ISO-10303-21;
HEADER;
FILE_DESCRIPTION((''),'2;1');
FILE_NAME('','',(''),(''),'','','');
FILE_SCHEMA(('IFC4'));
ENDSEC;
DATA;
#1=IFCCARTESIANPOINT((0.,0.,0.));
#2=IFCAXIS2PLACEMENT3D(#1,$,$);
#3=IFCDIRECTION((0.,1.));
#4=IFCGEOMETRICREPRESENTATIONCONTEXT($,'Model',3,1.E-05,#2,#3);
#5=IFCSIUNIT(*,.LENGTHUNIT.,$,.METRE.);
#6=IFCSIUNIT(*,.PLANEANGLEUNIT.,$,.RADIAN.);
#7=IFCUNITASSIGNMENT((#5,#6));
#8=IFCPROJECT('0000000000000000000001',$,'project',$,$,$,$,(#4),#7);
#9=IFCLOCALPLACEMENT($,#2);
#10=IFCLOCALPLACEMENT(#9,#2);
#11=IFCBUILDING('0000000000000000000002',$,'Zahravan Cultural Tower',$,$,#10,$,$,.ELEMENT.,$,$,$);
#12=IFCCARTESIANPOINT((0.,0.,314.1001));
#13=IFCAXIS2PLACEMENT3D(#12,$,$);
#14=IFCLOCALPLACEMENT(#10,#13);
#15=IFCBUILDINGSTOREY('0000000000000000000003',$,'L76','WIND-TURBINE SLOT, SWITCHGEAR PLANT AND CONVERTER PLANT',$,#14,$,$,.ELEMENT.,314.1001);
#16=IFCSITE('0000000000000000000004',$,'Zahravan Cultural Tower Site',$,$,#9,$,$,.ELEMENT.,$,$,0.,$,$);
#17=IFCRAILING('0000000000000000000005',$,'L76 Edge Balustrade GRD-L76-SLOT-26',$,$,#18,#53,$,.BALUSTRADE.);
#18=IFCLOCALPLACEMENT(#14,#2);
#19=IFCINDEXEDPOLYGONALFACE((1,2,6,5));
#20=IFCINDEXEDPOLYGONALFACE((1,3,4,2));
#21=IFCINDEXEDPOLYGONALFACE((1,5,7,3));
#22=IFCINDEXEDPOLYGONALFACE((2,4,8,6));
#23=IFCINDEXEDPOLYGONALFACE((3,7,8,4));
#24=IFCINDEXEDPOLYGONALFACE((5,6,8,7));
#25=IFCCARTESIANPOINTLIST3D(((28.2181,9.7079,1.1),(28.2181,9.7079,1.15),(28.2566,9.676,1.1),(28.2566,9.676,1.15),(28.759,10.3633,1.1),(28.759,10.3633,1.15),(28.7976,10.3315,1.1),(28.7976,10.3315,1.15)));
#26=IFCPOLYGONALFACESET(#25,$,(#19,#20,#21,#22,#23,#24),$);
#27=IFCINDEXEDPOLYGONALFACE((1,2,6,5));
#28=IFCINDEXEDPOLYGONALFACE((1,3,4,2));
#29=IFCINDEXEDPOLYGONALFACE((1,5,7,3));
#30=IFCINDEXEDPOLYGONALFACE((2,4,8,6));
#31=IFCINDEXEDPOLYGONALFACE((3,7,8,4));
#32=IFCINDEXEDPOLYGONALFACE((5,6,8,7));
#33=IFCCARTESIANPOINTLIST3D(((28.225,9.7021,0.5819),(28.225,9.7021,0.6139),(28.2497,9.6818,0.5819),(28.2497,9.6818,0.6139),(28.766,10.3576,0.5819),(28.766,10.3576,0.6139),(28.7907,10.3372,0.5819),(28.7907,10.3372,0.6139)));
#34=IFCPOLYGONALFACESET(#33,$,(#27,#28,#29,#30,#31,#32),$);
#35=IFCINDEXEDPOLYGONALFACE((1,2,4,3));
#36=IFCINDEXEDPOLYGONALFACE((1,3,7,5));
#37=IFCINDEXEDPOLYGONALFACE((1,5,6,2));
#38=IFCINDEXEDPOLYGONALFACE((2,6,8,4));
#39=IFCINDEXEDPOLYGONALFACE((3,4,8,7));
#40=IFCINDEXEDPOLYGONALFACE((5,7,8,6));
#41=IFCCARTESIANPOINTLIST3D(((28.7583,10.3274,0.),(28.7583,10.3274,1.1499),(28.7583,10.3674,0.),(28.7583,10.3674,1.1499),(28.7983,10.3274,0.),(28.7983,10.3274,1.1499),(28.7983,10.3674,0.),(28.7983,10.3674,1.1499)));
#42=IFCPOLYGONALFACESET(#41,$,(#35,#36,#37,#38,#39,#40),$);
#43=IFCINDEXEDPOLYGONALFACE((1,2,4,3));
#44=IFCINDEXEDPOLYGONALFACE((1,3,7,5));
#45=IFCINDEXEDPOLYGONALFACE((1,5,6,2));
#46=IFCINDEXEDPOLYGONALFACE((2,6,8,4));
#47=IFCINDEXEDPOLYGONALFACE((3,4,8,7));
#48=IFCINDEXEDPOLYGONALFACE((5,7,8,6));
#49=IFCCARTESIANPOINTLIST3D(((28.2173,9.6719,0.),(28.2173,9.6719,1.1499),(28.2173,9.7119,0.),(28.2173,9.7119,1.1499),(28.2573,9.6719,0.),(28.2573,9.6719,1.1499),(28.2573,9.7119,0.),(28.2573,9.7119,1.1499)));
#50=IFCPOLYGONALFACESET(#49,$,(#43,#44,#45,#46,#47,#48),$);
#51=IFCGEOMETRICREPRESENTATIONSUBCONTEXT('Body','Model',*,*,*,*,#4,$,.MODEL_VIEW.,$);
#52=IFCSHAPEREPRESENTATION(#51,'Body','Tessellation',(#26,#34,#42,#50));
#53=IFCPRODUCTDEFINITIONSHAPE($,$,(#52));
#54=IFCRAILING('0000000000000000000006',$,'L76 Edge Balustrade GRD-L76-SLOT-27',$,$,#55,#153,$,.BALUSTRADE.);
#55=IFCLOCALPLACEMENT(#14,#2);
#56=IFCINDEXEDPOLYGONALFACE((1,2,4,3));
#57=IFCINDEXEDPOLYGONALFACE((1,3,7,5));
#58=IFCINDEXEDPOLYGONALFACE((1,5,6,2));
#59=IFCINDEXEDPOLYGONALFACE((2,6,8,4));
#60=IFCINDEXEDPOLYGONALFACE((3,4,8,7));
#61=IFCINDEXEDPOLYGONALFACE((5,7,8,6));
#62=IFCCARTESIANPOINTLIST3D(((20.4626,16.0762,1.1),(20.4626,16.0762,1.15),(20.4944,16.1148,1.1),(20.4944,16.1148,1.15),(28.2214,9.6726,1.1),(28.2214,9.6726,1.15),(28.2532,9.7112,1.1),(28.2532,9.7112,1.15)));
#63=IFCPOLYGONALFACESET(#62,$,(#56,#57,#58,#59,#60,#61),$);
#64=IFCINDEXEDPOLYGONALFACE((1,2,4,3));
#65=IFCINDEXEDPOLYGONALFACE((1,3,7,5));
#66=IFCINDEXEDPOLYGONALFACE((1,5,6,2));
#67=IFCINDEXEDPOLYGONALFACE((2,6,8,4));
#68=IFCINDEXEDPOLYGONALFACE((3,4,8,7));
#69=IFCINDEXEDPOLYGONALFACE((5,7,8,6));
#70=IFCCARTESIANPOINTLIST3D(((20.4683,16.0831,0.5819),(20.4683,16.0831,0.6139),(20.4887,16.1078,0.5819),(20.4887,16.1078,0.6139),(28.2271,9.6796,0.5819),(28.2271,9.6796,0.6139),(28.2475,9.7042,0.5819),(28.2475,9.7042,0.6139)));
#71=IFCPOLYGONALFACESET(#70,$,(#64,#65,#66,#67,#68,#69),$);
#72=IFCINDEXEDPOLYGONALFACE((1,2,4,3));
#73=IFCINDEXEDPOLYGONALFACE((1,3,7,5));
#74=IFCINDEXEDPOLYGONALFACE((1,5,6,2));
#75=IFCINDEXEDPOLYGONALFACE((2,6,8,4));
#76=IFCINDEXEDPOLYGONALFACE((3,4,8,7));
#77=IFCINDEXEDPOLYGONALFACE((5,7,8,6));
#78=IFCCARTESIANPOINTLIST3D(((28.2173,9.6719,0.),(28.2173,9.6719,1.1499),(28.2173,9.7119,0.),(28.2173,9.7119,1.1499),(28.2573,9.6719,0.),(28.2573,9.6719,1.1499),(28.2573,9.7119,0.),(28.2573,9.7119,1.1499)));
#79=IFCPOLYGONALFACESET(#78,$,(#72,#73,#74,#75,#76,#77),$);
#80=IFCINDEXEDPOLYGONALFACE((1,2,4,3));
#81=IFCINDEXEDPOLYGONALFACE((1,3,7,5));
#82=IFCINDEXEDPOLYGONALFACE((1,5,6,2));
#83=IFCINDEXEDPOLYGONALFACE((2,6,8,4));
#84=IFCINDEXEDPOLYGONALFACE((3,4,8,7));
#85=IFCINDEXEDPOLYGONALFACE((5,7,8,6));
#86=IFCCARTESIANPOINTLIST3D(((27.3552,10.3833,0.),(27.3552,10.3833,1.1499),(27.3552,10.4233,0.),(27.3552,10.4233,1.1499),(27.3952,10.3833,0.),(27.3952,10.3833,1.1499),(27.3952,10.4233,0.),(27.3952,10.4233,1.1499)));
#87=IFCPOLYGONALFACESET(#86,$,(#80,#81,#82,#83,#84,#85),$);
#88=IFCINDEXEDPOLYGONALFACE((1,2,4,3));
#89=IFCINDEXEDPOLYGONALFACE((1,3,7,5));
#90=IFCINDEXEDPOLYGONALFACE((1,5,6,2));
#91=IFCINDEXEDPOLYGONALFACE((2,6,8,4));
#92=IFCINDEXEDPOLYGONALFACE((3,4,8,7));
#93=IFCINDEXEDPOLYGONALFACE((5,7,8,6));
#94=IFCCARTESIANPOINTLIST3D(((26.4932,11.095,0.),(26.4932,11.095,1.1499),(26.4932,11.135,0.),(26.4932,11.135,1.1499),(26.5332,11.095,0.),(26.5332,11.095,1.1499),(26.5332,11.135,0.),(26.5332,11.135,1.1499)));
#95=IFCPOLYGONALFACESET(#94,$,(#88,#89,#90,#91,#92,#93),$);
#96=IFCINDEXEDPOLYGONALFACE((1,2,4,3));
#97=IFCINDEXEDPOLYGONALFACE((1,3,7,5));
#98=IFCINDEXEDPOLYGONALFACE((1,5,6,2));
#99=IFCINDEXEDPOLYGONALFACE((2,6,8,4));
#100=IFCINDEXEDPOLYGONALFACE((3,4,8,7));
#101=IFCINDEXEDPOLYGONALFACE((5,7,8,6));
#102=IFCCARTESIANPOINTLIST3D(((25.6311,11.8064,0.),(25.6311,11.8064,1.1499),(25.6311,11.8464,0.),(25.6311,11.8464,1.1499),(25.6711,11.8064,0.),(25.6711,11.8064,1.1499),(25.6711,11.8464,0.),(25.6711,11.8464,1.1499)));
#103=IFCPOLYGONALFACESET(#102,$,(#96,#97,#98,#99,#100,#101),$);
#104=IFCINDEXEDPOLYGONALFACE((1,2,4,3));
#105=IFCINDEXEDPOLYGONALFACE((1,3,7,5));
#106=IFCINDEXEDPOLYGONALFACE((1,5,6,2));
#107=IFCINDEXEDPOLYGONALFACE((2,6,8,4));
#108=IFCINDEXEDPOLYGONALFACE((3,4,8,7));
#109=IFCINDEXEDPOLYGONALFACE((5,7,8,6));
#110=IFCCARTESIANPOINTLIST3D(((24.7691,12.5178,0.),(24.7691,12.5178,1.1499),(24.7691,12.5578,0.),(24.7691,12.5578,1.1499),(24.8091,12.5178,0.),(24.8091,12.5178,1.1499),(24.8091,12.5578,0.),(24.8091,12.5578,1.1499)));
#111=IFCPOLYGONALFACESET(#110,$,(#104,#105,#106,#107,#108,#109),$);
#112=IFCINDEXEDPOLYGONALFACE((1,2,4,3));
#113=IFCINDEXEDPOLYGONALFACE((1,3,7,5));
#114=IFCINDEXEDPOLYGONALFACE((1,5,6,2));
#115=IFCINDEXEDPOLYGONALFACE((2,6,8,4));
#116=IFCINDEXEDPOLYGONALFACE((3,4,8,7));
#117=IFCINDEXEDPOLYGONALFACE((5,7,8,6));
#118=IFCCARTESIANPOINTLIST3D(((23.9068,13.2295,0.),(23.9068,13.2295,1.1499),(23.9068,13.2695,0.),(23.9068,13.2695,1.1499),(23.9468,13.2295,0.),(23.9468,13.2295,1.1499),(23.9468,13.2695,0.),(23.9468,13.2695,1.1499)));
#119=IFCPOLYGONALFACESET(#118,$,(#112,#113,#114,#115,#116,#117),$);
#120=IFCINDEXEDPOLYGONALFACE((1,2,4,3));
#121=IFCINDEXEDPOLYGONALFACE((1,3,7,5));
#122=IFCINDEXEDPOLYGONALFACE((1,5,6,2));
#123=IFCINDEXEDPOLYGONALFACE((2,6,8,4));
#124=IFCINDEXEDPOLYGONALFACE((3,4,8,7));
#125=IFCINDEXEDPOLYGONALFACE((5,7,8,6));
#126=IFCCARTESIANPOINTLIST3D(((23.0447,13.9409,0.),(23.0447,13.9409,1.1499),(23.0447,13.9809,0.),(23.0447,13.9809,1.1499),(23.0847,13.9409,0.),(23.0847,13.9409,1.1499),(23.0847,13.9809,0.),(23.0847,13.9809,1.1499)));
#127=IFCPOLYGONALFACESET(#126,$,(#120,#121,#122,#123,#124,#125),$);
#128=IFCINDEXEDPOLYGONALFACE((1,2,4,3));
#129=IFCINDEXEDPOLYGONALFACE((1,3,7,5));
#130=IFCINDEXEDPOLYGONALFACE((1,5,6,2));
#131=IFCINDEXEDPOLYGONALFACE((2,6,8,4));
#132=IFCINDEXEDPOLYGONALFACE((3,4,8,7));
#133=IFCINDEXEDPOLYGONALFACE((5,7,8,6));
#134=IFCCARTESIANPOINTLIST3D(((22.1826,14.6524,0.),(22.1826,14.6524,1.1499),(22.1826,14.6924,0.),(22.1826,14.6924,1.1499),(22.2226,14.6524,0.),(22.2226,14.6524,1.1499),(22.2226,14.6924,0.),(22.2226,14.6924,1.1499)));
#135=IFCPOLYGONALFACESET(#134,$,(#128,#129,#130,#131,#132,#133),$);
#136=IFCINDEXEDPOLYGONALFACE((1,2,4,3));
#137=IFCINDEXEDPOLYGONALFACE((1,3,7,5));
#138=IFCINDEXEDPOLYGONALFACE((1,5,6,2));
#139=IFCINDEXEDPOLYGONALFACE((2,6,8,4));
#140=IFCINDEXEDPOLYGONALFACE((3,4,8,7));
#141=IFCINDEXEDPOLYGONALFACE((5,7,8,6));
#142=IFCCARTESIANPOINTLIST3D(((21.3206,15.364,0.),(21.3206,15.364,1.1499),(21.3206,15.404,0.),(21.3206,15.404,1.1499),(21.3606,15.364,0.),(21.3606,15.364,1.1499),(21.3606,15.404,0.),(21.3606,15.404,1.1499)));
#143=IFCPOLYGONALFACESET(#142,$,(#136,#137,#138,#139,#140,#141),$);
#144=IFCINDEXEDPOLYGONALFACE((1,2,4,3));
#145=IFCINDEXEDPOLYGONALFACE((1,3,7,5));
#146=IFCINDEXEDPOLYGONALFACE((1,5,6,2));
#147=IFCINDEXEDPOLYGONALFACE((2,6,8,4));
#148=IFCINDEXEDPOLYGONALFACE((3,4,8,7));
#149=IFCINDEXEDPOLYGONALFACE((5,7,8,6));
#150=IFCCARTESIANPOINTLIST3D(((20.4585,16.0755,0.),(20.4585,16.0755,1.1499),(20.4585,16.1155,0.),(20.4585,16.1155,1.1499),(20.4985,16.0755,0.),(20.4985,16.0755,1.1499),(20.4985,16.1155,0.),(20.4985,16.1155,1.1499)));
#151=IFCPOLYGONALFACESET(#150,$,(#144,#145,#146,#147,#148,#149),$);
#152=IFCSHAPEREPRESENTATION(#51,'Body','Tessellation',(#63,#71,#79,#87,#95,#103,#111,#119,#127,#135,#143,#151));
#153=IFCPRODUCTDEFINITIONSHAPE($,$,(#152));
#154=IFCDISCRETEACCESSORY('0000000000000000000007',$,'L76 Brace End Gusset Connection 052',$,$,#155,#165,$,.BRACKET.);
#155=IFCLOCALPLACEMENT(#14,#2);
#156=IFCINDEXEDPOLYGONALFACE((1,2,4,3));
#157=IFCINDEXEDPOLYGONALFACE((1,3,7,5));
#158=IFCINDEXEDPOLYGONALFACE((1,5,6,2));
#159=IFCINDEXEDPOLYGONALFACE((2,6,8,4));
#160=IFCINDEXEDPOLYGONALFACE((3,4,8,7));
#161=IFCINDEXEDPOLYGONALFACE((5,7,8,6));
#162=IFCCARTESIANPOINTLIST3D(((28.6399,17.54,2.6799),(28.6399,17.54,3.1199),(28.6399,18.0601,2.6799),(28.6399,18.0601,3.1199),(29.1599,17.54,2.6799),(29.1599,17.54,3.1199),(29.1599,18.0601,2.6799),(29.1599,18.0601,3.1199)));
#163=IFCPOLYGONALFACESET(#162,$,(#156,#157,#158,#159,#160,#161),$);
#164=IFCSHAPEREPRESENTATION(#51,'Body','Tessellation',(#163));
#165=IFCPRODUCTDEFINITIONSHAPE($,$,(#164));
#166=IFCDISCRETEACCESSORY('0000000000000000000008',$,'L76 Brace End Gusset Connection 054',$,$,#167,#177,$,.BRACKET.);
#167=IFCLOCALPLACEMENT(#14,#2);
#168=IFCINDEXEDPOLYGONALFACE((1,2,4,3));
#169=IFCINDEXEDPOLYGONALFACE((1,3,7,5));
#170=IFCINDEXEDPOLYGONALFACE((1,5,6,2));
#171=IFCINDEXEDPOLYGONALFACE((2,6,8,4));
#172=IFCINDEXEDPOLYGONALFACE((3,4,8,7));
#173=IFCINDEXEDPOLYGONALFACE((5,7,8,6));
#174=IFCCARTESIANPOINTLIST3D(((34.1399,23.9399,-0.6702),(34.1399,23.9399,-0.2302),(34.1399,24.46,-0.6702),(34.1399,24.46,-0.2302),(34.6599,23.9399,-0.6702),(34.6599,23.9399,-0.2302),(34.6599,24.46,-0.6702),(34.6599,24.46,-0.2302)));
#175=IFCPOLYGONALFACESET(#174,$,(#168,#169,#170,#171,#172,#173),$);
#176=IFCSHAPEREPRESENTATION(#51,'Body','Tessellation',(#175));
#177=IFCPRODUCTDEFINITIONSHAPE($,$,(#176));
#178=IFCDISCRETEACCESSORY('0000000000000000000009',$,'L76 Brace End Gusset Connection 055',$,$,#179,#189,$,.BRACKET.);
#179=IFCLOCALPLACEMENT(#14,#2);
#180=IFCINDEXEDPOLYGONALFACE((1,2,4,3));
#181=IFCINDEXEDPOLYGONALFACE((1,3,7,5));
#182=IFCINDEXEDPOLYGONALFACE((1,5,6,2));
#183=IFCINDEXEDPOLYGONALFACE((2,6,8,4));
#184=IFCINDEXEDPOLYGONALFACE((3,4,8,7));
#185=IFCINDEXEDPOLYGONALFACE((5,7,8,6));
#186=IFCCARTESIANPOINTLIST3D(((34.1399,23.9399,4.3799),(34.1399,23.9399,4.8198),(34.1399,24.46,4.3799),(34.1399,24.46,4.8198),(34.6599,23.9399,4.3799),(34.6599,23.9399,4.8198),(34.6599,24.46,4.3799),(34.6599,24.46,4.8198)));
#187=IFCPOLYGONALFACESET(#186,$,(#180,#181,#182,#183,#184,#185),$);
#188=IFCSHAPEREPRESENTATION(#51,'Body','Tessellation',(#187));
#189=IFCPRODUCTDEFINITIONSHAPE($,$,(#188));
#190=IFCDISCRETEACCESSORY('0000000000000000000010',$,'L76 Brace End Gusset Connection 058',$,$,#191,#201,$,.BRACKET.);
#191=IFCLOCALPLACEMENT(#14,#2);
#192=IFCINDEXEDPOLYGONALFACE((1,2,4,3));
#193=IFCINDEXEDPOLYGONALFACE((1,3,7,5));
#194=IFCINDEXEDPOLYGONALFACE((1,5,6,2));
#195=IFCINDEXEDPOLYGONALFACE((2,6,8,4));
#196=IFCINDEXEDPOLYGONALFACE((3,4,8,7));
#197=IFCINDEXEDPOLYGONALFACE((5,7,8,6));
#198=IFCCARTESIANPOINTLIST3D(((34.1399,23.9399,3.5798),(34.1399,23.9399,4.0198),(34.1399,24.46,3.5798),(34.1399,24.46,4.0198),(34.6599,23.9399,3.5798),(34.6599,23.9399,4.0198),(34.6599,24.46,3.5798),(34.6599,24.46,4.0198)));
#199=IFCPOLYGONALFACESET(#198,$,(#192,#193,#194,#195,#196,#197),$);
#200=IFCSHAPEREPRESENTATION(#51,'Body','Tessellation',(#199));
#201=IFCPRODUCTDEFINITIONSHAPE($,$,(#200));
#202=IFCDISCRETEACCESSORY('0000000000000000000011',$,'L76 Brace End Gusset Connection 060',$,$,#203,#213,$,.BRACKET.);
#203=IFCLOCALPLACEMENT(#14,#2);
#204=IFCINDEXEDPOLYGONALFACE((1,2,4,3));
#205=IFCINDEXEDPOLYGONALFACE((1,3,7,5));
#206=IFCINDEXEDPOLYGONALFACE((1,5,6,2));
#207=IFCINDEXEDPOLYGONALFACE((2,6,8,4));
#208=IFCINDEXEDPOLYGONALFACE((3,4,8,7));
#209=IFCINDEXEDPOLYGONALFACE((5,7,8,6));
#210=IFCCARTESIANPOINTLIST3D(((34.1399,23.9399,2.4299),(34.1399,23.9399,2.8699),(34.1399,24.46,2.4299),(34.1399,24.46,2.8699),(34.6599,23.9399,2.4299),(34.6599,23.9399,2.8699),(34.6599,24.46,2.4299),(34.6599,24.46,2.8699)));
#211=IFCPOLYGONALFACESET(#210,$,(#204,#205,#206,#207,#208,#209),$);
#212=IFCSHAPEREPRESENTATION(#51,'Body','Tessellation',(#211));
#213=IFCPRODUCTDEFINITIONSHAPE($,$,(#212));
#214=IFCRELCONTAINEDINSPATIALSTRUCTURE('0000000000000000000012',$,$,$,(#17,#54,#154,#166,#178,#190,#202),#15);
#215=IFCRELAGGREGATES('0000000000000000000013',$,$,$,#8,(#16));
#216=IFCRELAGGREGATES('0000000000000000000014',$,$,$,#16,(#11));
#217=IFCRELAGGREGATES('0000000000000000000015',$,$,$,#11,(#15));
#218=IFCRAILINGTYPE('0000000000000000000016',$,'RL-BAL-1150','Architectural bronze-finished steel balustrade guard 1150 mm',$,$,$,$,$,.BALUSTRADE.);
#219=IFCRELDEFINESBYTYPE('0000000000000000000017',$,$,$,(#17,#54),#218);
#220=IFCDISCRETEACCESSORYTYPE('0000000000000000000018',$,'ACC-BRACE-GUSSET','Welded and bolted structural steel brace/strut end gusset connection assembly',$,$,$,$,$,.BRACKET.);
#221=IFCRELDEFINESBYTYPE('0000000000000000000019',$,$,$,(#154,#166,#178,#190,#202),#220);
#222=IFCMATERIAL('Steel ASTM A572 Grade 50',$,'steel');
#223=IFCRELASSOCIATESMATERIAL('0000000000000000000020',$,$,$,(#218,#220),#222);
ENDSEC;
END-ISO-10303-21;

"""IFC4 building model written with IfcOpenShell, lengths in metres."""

from ifc_helpers import new_model, si_unit, direction, frame, origin, origin_2d, place, context, subcontext, project, spatial, rectangle, extrude, source, transform, mapped, material, type_object, element, save


model = new_model("IFC4")

# Units and contexts
model_context = context("Model", 3, precision=1e-05, world=origin(), true_north=direction((0.0, 1.0)))
body_context = subcontext(model_context, "Body", "Model", "MODEL_VIEW")
ifc_project = project(units=[si_unit("LENGTHUNIT", "METRE"), si_unit("PLANEANGLEUNIT", "RADIAN")], contexts=[model_context])

# Site, building, storey
site_placement = place(None, origin())
site = spatial("IfcSite", under=ifc_project, at=site_placement, Name="Zahravan Cultural Tower Site", CompositionType="ELEMENT", RefElevation=0.0)
building_placement = place(site_placement, origin())
building = spatial("IfcBuilding", under=site, at=building_placement, Name="Zahravan Cultural Tower", CompositionType="ELEMENT")
storey_placement = place(building_placement, frame((0.0, 0.0, 314.1001)))
storey = spatial("IfcBuildingStorey", under=building, at=storey_placement, Name="L76", Description="WIND-TURBINE SLOT, SWITCHGEAR PLANT AND CONVERTER PLANT", CompositionType="ELEMENT", Elevation=314.1001)

# Shared definitions
ifc_material_1 = material(Name="Steel ASTM A572 Grade 50", Category="steel")

# Railings
railing_type = type_object("IfcRailingType", Name="RL-BAL-1150", Description="Architectural bronze-finished steel balustrade guard 1150 mm", PredefinedType="BALUSTRADE", material=ifc_material_1)
railing_1_placement = place(storey_placement, frame((28.7783, 10.3474, 0.0)))
element("IfcRailing", 1, at=railing_1_placement, inside=storey, type_object=railing_type, Name="L76 Edge Balustrade GRD-L76-SLOT-26", PredefinedType="BALUSTRADE", context=body_context, shape_type="SweptSolid", body=[
    extrude(rectangle(XDim=0.05, YDim=0.05, at=origin_2d()), frame((0.0, 0.0, 1.125), z_axis=(-0.636532, -0.77125, 0.0), x_axis=(0.77125, -0.636532, 0.0)), (0.0, 0.0, 1.0), 0.8499),
    extrude(rectangle(XDim=0.032, YDim=0.032, at=origin_2d()), frame((0.0, 0.0, 0.5979), z_axis=(-0.636532, -0.77125, 0.0), x_axis=(0.77125, -0.636532, 0.0)), (0.0, 0.0, 1.0), 0.8499),
    extrude(rectangle(XDim=0.04, YDim=0.04, at=origin_2d()), origin(), (0.0, 0.0, 1.0), 1.1499),
    extrude(rectangle(XDim=0.04, YDim=0.04, at=origin_2d()), frame((-0.541, -0.6555, 0.0)), (0.0, 0.0, 1.0), 1.1499),
])
railing_2_placement = place(storey_placement, frame((28.2373, 9.6919, 0.0)))
element("IfcRailing", 2, at=railing_2_placement, inside=storey, type_object=railing_type, Name="L76 Edge Balustrade GRD-L76-SLOT-27", PredefinedType="BALUSTRADE", context=body_context, shape_type="SweptSolid", body=[
    extrude(rectangle(XDim=0.05, YDim=0.05, at=origin_2d()), frame((0.0, 0.0, 1.125), z_axis=(-0.771248, 0.636535, 0.0), x_axis=(-0.636535, -0.771248, 0.0)), (0.0, 0.0, 1.0), 10.0601),
    extrude(rectangle(XDim=0.032, YDim=0.032, at=origin_2d()), frame((0.0, 0.0, 0.5979), z_axis=(-0.771248, 0.636535, 0.0), x_axis=(-0.636535, -0.771248, 0.0)), (0.0, 0.0, 1.0), 10.0601),
    extrude(rectangle(XDim=0.04, YDim=0.04, at=origin_2d()), origin(), (0.0, 0.0, 1.0), 1.1499),
    extrude(rectangle(XDim=0.04, YDim=0.04, at=origin_2d()), frame((-0.8621, 0.7114, 0.0)), (0.0, 0.0, 1.0), 1.1499),
    extrude(rectangle(XDim=0.04, YDim=0.04, at=origin_2d()), frame((-1.7241, 1.4231, 0.0)), (0.0, 0.0, 1.0), 1.1499),
    extrude(rectangle(XDim=0.04, YDim=0.04, at=origin_2d()), frame((-2.5862, 2.1345, 0.0)), (0.0, 0.0, 1.0), 1.1499),
    extrude(rectangle(XDim=0.04, YDim=0.04, at=origin_2d()), frame((-3.4482, 2.8459, 0.0)), (0.0, 0.0, 1.0), 1.1499),
    extrude(rectangle(XDim=0.04, YDim=0.04, at=origin_2d()), frame((-4.3105, 3.5576, 0.0)), (0.0, 0.0, 1.0), 1.1499),
    extrude(rectangle(XDim=0.04, YDim=0.04, at=origin_2d()), frame((-5.1726, 4.269, 0.0)), (0.0, 0.0, 1.0), 1.1499),
    extrude(rectangle(XDim=0.04, YDim=0.04, at=origin_2d()), frame((-6.0347, 4.9805, 0.0)), (0.0, 0.0, 1.0), 1.1499),
    extrude(rectangle(XDim=0.04, YDim=0.04, at=origin_2d()), frame((-6.8967, 5.6921, 0.0)), (0.0, 0.0, 1.0), 1.1499),
    extrude(rectangle(XDim=0.04, YDim=0.04, at=origin_2d()), frame((-7.7588, 6.4036, 0.0)), (0.0, 0.0, 1.0), 1.1499),
])

# Discrete accessories
discrete_accessory_type = type_object("IfcDiscreteAccessoryType", Name="ACC-BRACE-GUSSET", Description="Welded and bolted structural steel brace/strut end gusset connection assembly", PredefinedType="BRACKET", material=ifc_material_1)
shared_shape_1 = source(origin(), body_context, "Body", "SweptSolid", [
    extrude(rectangle(XDim=0.52, YDim=0.52, at=origin_2d()), origin(), (0.0, 0.0, 1.0), 0.4399),
])
for number, where, z_axis, x_axis, name in (
    (3, (28.8999, 17.8, 2.6799), (0.0, 0.0, 1.0), (1.0, 0.0, 0.0), "L76 Brace End Gusset Connection 052"),
    (4, (34.3999, 24.2, -0.6702), (0.0, 0.0, 1.0), (1.0, 0.0, 0.0), "L76 Brace End Gusset Connection 054"),
    (5, (34.3999, 24.2, 4.3799), (0.0, 0.0, 1.0), (1.0, 0.0, 0.0), "L76 Brace End Gusset Connection 055"),
    (6, (34.3999, 24.2, 3.5798), (0.0, 0.0, 1.0), (1.0, 0.0, 0.0), "L76 Brace End Gusset Connection 058"),
    (7, (34.3999, 24.2, 2.4299), (0.0, 0.0, 1.0), (1.0, 0.0, 0.0), "L76 Brace End Gusset Connection 060"),
):
    element("IfcDiscreteAccessory", number, at=place(storey_placement, frame(where, z_axis=z_axis, x_axis=x_axis)), inside=storey, type_object=discrete_accessory_type, Name=name, PredefinedType="BRACKET", context=body_context, shape_type="MappedRepresentation", body=[
        mapped(shared_shape_1, transform((0.0, 0.0, 0.0), x_axis=(1.0, 0.0, 0.0), y_axis=(0.0, 1.0, 0.0), z_axis=(0.0, 0.0, 1.0), scale=1.0)),
    ])

save(model, "model.ifc")
